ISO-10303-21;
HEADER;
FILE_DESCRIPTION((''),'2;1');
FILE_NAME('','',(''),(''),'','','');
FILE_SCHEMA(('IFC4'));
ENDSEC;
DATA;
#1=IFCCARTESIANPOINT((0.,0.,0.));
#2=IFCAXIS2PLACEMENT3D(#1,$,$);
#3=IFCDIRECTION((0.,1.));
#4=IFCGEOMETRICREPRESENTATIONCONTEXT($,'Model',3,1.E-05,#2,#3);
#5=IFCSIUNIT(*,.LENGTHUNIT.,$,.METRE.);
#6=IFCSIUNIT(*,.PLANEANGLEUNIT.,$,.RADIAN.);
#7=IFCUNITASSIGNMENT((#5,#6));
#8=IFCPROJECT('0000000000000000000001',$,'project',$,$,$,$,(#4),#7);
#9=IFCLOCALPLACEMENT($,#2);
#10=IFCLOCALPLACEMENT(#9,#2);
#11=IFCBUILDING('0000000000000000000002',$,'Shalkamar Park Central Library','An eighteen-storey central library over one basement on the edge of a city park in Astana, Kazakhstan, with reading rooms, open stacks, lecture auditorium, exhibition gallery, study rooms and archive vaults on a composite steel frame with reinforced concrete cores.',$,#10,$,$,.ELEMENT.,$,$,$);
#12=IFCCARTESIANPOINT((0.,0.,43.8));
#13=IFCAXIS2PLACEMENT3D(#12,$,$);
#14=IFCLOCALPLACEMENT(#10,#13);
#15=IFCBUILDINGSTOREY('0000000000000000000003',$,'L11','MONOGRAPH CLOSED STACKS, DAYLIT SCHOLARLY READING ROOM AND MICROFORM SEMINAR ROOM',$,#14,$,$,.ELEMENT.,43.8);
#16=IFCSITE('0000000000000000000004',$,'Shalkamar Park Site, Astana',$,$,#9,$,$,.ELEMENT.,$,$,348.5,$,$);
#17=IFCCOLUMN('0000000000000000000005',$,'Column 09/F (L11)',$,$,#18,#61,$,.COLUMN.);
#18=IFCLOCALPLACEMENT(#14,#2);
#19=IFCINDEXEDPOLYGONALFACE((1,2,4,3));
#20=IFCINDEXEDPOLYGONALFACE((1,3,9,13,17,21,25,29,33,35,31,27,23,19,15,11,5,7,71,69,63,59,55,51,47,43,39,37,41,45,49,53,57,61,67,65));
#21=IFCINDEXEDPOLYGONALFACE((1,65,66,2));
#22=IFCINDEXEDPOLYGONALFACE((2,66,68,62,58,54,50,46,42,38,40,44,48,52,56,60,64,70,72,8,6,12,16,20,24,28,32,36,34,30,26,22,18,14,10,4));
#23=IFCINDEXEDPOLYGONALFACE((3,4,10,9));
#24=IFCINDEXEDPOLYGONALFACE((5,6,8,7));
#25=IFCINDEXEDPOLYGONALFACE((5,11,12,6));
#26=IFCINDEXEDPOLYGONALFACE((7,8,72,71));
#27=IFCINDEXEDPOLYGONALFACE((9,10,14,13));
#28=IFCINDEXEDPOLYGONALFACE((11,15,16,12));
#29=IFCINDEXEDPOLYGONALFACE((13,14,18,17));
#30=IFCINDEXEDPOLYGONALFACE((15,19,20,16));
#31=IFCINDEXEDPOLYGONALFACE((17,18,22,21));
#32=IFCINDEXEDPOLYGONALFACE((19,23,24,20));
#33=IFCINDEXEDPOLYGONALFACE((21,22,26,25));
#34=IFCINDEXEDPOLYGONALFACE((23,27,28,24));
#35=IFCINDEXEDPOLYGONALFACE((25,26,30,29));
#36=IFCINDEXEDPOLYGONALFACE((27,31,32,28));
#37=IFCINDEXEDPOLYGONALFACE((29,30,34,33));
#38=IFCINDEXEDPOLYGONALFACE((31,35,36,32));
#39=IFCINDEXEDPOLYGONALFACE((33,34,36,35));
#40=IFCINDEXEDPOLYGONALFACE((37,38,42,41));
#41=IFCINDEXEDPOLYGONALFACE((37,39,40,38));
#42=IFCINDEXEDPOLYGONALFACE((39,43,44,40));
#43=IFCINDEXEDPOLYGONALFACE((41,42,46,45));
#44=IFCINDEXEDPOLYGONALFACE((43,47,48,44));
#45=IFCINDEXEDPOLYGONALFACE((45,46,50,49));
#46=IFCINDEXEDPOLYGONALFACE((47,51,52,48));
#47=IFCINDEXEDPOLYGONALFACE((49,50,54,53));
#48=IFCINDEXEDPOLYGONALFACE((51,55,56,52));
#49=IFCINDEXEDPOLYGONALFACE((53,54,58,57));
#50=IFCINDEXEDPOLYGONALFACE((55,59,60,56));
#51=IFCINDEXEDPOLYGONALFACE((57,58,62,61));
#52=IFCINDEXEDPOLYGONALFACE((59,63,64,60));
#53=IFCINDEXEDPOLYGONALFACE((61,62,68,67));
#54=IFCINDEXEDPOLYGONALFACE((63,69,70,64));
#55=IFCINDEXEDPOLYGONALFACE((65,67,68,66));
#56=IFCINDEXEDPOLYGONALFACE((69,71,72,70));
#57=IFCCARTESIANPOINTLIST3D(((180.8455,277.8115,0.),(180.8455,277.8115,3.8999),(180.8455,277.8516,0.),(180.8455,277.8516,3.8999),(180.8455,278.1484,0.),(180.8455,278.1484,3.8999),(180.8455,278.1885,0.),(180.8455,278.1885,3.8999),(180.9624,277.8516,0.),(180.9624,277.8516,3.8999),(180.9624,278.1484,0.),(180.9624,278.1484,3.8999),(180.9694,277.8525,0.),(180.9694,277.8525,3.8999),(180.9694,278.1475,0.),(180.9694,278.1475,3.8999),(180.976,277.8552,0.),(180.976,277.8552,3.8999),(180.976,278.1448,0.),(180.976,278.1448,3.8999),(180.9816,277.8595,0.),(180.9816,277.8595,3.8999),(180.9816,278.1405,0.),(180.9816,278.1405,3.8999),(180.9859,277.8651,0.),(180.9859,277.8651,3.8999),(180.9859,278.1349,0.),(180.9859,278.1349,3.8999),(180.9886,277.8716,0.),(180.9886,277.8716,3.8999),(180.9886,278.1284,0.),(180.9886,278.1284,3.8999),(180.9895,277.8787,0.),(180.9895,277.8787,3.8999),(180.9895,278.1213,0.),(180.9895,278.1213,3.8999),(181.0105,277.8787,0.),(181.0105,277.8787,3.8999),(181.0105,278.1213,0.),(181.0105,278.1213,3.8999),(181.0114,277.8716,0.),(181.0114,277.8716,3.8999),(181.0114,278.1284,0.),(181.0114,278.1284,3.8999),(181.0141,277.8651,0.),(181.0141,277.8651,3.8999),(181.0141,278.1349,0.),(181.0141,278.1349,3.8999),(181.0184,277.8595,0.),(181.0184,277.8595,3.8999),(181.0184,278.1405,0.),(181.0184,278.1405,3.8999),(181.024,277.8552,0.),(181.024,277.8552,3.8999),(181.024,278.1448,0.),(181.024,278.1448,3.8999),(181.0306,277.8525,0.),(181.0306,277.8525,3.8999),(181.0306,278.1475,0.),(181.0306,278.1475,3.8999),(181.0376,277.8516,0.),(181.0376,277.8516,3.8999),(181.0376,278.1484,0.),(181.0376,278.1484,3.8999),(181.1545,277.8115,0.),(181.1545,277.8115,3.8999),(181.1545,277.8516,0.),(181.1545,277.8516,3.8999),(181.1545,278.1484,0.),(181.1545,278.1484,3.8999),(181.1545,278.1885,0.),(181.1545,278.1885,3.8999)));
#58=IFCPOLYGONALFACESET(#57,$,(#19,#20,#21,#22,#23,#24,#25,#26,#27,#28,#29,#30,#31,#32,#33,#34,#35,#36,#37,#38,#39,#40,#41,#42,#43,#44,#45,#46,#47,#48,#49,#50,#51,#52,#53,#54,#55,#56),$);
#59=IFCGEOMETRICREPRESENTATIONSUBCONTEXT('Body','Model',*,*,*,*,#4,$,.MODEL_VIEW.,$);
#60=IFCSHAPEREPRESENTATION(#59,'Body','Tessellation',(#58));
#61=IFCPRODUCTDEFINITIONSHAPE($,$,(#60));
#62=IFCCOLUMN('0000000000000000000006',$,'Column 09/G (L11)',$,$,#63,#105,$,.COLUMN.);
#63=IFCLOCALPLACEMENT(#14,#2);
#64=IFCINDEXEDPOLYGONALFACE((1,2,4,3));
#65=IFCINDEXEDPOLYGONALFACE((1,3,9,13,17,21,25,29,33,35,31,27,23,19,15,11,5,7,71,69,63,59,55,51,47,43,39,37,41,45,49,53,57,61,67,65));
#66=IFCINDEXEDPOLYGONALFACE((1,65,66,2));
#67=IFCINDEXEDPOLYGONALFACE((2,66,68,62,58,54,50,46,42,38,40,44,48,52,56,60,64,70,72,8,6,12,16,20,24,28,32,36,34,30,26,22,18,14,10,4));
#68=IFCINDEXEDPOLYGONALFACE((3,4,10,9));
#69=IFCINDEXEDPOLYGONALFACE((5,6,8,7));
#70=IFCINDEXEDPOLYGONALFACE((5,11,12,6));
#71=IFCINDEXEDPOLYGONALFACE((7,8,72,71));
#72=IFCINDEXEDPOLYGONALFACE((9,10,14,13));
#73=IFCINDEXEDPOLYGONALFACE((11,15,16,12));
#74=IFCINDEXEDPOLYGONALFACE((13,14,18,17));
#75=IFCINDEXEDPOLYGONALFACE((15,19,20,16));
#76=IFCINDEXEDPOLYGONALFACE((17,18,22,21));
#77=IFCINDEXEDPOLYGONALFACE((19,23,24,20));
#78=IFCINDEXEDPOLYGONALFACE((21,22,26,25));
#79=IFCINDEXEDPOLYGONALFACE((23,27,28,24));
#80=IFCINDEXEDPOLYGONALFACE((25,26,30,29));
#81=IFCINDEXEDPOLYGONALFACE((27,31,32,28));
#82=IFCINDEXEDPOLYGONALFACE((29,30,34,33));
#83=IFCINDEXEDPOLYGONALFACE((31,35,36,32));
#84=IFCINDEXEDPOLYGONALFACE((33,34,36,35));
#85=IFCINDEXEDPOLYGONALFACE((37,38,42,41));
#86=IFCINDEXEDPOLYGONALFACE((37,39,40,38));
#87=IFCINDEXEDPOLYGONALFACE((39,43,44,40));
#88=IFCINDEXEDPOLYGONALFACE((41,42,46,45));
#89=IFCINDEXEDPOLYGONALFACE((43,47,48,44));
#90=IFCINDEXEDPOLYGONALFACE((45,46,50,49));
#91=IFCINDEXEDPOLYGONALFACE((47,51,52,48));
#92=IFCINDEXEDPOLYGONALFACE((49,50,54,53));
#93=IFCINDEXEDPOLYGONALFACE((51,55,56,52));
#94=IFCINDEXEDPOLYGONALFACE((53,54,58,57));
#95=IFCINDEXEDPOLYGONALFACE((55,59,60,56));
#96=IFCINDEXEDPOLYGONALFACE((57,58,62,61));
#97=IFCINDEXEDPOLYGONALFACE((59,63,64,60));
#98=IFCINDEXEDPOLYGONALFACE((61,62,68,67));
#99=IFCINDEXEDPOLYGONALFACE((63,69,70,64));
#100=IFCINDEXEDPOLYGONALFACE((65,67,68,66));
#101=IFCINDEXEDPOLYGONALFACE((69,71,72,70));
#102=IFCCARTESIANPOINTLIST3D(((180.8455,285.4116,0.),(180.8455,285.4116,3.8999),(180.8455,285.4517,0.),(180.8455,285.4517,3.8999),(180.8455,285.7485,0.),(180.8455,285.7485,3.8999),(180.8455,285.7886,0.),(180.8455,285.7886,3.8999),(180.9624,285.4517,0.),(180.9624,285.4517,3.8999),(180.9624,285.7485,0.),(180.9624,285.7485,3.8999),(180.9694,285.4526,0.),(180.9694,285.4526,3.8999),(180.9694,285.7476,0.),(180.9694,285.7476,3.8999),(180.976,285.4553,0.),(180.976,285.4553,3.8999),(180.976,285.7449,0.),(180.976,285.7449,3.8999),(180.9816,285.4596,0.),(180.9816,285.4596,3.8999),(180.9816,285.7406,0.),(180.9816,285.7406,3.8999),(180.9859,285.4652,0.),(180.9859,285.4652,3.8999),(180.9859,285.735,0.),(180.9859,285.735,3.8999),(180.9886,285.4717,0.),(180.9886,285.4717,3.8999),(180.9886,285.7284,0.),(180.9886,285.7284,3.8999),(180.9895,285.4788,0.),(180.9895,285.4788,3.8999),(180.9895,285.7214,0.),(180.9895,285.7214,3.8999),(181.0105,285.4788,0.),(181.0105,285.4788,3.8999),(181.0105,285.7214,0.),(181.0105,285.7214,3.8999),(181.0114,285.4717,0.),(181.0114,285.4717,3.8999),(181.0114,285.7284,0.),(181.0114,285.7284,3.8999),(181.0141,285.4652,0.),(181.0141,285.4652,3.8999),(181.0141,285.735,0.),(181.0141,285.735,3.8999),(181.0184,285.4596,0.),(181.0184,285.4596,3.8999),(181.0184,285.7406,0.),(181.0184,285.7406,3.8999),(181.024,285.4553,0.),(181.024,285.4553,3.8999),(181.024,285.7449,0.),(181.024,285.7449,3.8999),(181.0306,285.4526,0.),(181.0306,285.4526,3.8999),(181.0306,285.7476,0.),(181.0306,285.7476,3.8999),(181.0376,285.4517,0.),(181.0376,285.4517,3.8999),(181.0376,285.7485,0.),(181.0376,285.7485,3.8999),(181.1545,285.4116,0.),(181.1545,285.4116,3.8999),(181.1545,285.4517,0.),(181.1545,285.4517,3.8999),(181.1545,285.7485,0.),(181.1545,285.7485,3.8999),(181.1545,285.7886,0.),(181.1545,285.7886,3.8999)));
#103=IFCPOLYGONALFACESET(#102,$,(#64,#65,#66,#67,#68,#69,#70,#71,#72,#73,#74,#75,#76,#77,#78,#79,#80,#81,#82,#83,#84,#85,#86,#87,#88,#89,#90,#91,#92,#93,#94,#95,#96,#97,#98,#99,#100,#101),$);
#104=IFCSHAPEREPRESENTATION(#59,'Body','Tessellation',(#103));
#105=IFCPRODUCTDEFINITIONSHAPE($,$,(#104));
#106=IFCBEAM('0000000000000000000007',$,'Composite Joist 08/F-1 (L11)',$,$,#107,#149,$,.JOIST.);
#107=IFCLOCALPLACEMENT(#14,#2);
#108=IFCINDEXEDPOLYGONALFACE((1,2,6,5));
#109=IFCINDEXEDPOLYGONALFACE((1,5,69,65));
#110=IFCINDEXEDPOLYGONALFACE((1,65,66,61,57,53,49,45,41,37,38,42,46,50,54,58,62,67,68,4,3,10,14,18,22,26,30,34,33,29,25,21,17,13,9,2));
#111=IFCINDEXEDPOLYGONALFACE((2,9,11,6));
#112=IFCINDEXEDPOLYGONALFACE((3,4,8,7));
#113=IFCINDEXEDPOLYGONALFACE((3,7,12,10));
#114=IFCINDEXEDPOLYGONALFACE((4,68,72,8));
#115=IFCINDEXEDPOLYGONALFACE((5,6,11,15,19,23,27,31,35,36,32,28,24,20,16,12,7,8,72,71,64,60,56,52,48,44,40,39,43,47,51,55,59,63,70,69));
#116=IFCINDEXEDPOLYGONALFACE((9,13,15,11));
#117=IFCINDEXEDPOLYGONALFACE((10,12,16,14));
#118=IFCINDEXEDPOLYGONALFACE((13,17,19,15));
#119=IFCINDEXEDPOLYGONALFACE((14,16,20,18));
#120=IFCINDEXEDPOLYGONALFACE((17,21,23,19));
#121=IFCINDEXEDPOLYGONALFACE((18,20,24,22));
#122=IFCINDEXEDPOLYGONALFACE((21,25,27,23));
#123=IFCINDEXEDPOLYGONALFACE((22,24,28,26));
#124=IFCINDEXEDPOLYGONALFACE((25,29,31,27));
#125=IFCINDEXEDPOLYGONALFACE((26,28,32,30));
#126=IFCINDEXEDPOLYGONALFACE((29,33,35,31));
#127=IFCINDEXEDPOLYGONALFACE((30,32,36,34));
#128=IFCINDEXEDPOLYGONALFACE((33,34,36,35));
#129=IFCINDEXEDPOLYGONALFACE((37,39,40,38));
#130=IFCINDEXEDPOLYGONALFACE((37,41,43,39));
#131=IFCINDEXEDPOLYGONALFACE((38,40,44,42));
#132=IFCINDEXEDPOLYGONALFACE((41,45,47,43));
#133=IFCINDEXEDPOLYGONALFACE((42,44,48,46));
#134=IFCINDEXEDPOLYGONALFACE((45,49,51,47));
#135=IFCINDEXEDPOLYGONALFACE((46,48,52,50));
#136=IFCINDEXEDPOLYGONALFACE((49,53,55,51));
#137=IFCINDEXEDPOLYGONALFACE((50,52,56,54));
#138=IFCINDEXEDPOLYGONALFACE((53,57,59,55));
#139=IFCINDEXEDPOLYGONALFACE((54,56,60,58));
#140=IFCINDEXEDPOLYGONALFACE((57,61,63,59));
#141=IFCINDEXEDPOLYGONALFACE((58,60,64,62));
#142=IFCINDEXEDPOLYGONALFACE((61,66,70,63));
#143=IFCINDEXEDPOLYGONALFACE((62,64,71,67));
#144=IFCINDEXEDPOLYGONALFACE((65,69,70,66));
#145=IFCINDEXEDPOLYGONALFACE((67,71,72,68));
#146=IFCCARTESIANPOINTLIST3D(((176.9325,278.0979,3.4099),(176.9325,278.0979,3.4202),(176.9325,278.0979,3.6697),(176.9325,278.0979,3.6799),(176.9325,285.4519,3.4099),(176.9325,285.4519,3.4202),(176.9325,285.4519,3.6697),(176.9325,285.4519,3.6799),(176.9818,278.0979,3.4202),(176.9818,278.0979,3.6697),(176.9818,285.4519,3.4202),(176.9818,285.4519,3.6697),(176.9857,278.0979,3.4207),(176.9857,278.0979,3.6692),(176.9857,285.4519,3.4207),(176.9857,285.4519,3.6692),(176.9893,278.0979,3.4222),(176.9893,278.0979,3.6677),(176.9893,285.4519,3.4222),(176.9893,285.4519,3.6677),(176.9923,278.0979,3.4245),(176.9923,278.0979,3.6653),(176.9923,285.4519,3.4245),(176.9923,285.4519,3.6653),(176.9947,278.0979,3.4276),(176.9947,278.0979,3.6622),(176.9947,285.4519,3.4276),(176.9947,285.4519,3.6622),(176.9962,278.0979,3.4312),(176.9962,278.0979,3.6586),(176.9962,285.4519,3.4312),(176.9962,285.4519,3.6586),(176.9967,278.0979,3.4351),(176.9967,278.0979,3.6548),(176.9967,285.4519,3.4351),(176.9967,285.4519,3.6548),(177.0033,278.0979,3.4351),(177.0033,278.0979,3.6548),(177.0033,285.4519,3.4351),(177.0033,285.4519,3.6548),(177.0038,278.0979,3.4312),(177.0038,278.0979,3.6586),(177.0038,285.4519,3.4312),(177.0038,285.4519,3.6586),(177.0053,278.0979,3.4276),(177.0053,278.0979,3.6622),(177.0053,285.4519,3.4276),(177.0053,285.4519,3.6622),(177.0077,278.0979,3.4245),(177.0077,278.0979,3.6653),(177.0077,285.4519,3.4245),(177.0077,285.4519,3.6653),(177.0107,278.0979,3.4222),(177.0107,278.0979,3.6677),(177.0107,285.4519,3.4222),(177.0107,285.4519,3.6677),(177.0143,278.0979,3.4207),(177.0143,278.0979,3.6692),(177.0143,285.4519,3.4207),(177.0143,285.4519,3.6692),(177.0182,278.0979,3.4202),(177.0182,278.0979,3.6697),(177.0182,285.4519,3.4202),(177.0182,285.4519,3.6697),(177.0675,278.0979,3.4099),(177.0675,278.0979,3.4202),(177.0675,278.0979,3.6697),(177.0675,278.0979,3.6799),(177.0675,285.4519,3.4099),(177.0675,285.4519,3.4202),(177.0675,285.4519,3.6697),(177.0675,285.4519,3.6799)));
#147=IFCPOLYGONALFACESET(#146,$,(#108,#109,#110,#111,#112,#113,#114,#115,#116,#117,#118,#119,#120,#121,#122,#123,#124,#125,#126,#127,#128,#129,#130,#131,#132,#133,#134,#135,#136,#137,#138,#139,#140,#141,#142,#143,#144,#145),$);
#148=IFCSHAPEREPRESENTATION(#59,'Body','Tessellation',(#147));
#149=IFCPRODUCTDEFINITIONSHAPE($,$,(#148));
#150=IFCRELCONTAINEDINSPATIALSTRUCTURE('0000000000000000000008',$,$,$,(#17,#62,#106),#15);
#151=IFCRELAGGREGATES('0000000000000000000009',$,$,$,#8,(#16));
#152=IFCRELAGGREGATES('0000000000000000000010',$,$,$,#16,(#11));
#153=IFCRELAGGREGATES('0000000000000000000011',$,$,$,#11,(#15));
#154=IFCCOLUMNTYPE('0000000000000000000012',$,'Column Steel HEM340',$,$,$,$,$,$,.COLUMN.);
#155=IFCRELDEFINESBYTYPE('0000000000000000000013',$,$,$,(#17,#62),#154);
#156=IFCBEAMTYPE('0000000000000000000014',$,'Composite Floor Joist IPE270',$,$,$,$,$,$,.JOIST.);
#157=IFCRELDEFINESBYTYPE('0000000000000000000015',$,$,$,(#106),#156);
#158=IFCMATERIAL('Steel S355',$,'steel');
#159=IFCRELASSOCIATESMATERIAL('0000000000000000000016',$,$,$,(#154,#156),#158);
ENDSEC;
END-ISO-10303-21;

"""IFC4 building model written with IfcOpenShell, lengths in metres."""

from ifc_helpers import new_model, si_unit, direction, frame, origin, origin_2d, place, context, subcontext, project, spatial, i_section, extrude, material, material_profile, profile_set, type_object, element, save


model = new_model("IFC4")

# Units and contexts
model_context = context("Model", 3, precision=1e-05, world=origin(), true_north=direction((0.0, 1.0)))
body_context = subcontext(model_context, "Body", "Model", "MODEL_VIEW")
ifc_project = project(units=[si_unit("LENGTHUNIT", "METRE"), si_unit("PLANEANGLEUNIT", "RADIAN")], contexts=[model_context])

# Site, building, storey
site_placement = place(None, origin())
site = spatial("IfcSite", under=ifc_project, at=site_placement, Name="Shalkamar Park Site, Astana", CompositionType="ELEMENT", RefElevation=348.5)
building_placement = place(site_placement, origin())
building = spatial("IfcBuilding", under=site, at=building_placement, Name="Shalkamar Park Central Library", Description="An eighteen-storey central library over one basement on the edge of a city park in Astana, Kazakhstan, with reading rooms, open stacks, lecture auditorium, exhibition gallery, study rooms and archive vaults on a composite steel frame with reinforced concrete cores.", CompositionType="ELEMENT")
storey_placement = place(building_placement, frame((0.0, 0.0, 43.8)))
storey = spatial("IfcBuildingStorey", under=building, at=storey_placement, Name="L11", Description="MONOGRAPH CLOSED STACKS, DAYLIT SCHOLARLY READING ROOM AND MICROFORM SEMINAR ROOM", CompositionType="ELEMENT", Elevation=43.8)

# Columns
ifc_material_1 = material(Name="Steel S355", Category="steel")
ifc_material_profile_1 = material_profile(ifc_material_1, i_section(OverallWidth=0.3091, OverallDepth=0.377, WebThickness=0.021, FlangeThickness=0.04, FilletRadius=0.0271, at=origin_2d()), Name="HEM 340")
ifc_profile_set_1 = profile_set([ifc_material_profile_1], Name="Steel S355")
column_type = type_object("IfcColumnType", Name="Column Steel HEM340", PredefinedType="COLUMN", material=ifc_profile_set_1)
for number, where, z_axis, x_axis, name in (
    (1, (181.0, 278.0, 0.0), (0.0, 0.0, 1.0), (1.0, 0.0, 0.0), "Column 09/F (L11)"),
    (2, (181.0, 285.6001, 0.0), (0.0, 0.0, 1.0), (1.0, 0.0, 0.0), "Column 09/G (L11)"),
):
    element("IfcColumn", number, at=place(storey_placement, frame(where, z_axis=z_axis, x_axis=x_axis)), inside=storey, type_object=column_type, Name=name, PredefinedType="COLUMN", context=body_context, shape_type="SweptSolid", body=[
        extrude(i_section(OverallWidth=0.3091, OverallDepth=0.377, WebThickness=0.021, FlangeThickness=0.04, FilletRadius=0.0271, at=origin_2d()), origin(), (0.0, 0.0, 1.0), 3.8999),
    ])

# Beam
ifc_material_profile_2 = material_profile(ifc_material_1, i_section(OverallWidth=0.135, OverallDepth=0.27, WebThickness=0.0066, FlangeThickness=0.0103, FilletRadius=0.0149, at=origin_2d()), Name="IPE 270")
ifc_profile_set_2 = profile_set([ifc_material_profile_2], Name="Steel S355")
beam_type_1 = type_object("IfcBeamType", Name="Composite Floor Joist IPE270", PredefinedType="JOIST", material=ifc_profile_set_2)
beam_1_placement = place(storey_placement, frame((177.0, 278.0979, 3.5449), z_axis=(0.0, 1.0, 0.0), x_axis=(-1.0, 0.0, 0.0)))
element("IfcBeam", 3, at=beam_1_placement, inside=storey, type_object=beam_type_1, Name="Composite Joist 08/F-1 (L11)", PredefinedType="JOIST", context=body_context, shape_type="SweptSolid", body=[
    extrude(i_section(OverallWidth=0.135, OverallDepth=0.27, WebThickness=0.0066, FlangeThickness=0.0103, FilletRadius=0.0149, at=origin_2d()), origin(), (0.0, 0.0, 1.0), 7.354),
])

save(model, "model.ifc")
